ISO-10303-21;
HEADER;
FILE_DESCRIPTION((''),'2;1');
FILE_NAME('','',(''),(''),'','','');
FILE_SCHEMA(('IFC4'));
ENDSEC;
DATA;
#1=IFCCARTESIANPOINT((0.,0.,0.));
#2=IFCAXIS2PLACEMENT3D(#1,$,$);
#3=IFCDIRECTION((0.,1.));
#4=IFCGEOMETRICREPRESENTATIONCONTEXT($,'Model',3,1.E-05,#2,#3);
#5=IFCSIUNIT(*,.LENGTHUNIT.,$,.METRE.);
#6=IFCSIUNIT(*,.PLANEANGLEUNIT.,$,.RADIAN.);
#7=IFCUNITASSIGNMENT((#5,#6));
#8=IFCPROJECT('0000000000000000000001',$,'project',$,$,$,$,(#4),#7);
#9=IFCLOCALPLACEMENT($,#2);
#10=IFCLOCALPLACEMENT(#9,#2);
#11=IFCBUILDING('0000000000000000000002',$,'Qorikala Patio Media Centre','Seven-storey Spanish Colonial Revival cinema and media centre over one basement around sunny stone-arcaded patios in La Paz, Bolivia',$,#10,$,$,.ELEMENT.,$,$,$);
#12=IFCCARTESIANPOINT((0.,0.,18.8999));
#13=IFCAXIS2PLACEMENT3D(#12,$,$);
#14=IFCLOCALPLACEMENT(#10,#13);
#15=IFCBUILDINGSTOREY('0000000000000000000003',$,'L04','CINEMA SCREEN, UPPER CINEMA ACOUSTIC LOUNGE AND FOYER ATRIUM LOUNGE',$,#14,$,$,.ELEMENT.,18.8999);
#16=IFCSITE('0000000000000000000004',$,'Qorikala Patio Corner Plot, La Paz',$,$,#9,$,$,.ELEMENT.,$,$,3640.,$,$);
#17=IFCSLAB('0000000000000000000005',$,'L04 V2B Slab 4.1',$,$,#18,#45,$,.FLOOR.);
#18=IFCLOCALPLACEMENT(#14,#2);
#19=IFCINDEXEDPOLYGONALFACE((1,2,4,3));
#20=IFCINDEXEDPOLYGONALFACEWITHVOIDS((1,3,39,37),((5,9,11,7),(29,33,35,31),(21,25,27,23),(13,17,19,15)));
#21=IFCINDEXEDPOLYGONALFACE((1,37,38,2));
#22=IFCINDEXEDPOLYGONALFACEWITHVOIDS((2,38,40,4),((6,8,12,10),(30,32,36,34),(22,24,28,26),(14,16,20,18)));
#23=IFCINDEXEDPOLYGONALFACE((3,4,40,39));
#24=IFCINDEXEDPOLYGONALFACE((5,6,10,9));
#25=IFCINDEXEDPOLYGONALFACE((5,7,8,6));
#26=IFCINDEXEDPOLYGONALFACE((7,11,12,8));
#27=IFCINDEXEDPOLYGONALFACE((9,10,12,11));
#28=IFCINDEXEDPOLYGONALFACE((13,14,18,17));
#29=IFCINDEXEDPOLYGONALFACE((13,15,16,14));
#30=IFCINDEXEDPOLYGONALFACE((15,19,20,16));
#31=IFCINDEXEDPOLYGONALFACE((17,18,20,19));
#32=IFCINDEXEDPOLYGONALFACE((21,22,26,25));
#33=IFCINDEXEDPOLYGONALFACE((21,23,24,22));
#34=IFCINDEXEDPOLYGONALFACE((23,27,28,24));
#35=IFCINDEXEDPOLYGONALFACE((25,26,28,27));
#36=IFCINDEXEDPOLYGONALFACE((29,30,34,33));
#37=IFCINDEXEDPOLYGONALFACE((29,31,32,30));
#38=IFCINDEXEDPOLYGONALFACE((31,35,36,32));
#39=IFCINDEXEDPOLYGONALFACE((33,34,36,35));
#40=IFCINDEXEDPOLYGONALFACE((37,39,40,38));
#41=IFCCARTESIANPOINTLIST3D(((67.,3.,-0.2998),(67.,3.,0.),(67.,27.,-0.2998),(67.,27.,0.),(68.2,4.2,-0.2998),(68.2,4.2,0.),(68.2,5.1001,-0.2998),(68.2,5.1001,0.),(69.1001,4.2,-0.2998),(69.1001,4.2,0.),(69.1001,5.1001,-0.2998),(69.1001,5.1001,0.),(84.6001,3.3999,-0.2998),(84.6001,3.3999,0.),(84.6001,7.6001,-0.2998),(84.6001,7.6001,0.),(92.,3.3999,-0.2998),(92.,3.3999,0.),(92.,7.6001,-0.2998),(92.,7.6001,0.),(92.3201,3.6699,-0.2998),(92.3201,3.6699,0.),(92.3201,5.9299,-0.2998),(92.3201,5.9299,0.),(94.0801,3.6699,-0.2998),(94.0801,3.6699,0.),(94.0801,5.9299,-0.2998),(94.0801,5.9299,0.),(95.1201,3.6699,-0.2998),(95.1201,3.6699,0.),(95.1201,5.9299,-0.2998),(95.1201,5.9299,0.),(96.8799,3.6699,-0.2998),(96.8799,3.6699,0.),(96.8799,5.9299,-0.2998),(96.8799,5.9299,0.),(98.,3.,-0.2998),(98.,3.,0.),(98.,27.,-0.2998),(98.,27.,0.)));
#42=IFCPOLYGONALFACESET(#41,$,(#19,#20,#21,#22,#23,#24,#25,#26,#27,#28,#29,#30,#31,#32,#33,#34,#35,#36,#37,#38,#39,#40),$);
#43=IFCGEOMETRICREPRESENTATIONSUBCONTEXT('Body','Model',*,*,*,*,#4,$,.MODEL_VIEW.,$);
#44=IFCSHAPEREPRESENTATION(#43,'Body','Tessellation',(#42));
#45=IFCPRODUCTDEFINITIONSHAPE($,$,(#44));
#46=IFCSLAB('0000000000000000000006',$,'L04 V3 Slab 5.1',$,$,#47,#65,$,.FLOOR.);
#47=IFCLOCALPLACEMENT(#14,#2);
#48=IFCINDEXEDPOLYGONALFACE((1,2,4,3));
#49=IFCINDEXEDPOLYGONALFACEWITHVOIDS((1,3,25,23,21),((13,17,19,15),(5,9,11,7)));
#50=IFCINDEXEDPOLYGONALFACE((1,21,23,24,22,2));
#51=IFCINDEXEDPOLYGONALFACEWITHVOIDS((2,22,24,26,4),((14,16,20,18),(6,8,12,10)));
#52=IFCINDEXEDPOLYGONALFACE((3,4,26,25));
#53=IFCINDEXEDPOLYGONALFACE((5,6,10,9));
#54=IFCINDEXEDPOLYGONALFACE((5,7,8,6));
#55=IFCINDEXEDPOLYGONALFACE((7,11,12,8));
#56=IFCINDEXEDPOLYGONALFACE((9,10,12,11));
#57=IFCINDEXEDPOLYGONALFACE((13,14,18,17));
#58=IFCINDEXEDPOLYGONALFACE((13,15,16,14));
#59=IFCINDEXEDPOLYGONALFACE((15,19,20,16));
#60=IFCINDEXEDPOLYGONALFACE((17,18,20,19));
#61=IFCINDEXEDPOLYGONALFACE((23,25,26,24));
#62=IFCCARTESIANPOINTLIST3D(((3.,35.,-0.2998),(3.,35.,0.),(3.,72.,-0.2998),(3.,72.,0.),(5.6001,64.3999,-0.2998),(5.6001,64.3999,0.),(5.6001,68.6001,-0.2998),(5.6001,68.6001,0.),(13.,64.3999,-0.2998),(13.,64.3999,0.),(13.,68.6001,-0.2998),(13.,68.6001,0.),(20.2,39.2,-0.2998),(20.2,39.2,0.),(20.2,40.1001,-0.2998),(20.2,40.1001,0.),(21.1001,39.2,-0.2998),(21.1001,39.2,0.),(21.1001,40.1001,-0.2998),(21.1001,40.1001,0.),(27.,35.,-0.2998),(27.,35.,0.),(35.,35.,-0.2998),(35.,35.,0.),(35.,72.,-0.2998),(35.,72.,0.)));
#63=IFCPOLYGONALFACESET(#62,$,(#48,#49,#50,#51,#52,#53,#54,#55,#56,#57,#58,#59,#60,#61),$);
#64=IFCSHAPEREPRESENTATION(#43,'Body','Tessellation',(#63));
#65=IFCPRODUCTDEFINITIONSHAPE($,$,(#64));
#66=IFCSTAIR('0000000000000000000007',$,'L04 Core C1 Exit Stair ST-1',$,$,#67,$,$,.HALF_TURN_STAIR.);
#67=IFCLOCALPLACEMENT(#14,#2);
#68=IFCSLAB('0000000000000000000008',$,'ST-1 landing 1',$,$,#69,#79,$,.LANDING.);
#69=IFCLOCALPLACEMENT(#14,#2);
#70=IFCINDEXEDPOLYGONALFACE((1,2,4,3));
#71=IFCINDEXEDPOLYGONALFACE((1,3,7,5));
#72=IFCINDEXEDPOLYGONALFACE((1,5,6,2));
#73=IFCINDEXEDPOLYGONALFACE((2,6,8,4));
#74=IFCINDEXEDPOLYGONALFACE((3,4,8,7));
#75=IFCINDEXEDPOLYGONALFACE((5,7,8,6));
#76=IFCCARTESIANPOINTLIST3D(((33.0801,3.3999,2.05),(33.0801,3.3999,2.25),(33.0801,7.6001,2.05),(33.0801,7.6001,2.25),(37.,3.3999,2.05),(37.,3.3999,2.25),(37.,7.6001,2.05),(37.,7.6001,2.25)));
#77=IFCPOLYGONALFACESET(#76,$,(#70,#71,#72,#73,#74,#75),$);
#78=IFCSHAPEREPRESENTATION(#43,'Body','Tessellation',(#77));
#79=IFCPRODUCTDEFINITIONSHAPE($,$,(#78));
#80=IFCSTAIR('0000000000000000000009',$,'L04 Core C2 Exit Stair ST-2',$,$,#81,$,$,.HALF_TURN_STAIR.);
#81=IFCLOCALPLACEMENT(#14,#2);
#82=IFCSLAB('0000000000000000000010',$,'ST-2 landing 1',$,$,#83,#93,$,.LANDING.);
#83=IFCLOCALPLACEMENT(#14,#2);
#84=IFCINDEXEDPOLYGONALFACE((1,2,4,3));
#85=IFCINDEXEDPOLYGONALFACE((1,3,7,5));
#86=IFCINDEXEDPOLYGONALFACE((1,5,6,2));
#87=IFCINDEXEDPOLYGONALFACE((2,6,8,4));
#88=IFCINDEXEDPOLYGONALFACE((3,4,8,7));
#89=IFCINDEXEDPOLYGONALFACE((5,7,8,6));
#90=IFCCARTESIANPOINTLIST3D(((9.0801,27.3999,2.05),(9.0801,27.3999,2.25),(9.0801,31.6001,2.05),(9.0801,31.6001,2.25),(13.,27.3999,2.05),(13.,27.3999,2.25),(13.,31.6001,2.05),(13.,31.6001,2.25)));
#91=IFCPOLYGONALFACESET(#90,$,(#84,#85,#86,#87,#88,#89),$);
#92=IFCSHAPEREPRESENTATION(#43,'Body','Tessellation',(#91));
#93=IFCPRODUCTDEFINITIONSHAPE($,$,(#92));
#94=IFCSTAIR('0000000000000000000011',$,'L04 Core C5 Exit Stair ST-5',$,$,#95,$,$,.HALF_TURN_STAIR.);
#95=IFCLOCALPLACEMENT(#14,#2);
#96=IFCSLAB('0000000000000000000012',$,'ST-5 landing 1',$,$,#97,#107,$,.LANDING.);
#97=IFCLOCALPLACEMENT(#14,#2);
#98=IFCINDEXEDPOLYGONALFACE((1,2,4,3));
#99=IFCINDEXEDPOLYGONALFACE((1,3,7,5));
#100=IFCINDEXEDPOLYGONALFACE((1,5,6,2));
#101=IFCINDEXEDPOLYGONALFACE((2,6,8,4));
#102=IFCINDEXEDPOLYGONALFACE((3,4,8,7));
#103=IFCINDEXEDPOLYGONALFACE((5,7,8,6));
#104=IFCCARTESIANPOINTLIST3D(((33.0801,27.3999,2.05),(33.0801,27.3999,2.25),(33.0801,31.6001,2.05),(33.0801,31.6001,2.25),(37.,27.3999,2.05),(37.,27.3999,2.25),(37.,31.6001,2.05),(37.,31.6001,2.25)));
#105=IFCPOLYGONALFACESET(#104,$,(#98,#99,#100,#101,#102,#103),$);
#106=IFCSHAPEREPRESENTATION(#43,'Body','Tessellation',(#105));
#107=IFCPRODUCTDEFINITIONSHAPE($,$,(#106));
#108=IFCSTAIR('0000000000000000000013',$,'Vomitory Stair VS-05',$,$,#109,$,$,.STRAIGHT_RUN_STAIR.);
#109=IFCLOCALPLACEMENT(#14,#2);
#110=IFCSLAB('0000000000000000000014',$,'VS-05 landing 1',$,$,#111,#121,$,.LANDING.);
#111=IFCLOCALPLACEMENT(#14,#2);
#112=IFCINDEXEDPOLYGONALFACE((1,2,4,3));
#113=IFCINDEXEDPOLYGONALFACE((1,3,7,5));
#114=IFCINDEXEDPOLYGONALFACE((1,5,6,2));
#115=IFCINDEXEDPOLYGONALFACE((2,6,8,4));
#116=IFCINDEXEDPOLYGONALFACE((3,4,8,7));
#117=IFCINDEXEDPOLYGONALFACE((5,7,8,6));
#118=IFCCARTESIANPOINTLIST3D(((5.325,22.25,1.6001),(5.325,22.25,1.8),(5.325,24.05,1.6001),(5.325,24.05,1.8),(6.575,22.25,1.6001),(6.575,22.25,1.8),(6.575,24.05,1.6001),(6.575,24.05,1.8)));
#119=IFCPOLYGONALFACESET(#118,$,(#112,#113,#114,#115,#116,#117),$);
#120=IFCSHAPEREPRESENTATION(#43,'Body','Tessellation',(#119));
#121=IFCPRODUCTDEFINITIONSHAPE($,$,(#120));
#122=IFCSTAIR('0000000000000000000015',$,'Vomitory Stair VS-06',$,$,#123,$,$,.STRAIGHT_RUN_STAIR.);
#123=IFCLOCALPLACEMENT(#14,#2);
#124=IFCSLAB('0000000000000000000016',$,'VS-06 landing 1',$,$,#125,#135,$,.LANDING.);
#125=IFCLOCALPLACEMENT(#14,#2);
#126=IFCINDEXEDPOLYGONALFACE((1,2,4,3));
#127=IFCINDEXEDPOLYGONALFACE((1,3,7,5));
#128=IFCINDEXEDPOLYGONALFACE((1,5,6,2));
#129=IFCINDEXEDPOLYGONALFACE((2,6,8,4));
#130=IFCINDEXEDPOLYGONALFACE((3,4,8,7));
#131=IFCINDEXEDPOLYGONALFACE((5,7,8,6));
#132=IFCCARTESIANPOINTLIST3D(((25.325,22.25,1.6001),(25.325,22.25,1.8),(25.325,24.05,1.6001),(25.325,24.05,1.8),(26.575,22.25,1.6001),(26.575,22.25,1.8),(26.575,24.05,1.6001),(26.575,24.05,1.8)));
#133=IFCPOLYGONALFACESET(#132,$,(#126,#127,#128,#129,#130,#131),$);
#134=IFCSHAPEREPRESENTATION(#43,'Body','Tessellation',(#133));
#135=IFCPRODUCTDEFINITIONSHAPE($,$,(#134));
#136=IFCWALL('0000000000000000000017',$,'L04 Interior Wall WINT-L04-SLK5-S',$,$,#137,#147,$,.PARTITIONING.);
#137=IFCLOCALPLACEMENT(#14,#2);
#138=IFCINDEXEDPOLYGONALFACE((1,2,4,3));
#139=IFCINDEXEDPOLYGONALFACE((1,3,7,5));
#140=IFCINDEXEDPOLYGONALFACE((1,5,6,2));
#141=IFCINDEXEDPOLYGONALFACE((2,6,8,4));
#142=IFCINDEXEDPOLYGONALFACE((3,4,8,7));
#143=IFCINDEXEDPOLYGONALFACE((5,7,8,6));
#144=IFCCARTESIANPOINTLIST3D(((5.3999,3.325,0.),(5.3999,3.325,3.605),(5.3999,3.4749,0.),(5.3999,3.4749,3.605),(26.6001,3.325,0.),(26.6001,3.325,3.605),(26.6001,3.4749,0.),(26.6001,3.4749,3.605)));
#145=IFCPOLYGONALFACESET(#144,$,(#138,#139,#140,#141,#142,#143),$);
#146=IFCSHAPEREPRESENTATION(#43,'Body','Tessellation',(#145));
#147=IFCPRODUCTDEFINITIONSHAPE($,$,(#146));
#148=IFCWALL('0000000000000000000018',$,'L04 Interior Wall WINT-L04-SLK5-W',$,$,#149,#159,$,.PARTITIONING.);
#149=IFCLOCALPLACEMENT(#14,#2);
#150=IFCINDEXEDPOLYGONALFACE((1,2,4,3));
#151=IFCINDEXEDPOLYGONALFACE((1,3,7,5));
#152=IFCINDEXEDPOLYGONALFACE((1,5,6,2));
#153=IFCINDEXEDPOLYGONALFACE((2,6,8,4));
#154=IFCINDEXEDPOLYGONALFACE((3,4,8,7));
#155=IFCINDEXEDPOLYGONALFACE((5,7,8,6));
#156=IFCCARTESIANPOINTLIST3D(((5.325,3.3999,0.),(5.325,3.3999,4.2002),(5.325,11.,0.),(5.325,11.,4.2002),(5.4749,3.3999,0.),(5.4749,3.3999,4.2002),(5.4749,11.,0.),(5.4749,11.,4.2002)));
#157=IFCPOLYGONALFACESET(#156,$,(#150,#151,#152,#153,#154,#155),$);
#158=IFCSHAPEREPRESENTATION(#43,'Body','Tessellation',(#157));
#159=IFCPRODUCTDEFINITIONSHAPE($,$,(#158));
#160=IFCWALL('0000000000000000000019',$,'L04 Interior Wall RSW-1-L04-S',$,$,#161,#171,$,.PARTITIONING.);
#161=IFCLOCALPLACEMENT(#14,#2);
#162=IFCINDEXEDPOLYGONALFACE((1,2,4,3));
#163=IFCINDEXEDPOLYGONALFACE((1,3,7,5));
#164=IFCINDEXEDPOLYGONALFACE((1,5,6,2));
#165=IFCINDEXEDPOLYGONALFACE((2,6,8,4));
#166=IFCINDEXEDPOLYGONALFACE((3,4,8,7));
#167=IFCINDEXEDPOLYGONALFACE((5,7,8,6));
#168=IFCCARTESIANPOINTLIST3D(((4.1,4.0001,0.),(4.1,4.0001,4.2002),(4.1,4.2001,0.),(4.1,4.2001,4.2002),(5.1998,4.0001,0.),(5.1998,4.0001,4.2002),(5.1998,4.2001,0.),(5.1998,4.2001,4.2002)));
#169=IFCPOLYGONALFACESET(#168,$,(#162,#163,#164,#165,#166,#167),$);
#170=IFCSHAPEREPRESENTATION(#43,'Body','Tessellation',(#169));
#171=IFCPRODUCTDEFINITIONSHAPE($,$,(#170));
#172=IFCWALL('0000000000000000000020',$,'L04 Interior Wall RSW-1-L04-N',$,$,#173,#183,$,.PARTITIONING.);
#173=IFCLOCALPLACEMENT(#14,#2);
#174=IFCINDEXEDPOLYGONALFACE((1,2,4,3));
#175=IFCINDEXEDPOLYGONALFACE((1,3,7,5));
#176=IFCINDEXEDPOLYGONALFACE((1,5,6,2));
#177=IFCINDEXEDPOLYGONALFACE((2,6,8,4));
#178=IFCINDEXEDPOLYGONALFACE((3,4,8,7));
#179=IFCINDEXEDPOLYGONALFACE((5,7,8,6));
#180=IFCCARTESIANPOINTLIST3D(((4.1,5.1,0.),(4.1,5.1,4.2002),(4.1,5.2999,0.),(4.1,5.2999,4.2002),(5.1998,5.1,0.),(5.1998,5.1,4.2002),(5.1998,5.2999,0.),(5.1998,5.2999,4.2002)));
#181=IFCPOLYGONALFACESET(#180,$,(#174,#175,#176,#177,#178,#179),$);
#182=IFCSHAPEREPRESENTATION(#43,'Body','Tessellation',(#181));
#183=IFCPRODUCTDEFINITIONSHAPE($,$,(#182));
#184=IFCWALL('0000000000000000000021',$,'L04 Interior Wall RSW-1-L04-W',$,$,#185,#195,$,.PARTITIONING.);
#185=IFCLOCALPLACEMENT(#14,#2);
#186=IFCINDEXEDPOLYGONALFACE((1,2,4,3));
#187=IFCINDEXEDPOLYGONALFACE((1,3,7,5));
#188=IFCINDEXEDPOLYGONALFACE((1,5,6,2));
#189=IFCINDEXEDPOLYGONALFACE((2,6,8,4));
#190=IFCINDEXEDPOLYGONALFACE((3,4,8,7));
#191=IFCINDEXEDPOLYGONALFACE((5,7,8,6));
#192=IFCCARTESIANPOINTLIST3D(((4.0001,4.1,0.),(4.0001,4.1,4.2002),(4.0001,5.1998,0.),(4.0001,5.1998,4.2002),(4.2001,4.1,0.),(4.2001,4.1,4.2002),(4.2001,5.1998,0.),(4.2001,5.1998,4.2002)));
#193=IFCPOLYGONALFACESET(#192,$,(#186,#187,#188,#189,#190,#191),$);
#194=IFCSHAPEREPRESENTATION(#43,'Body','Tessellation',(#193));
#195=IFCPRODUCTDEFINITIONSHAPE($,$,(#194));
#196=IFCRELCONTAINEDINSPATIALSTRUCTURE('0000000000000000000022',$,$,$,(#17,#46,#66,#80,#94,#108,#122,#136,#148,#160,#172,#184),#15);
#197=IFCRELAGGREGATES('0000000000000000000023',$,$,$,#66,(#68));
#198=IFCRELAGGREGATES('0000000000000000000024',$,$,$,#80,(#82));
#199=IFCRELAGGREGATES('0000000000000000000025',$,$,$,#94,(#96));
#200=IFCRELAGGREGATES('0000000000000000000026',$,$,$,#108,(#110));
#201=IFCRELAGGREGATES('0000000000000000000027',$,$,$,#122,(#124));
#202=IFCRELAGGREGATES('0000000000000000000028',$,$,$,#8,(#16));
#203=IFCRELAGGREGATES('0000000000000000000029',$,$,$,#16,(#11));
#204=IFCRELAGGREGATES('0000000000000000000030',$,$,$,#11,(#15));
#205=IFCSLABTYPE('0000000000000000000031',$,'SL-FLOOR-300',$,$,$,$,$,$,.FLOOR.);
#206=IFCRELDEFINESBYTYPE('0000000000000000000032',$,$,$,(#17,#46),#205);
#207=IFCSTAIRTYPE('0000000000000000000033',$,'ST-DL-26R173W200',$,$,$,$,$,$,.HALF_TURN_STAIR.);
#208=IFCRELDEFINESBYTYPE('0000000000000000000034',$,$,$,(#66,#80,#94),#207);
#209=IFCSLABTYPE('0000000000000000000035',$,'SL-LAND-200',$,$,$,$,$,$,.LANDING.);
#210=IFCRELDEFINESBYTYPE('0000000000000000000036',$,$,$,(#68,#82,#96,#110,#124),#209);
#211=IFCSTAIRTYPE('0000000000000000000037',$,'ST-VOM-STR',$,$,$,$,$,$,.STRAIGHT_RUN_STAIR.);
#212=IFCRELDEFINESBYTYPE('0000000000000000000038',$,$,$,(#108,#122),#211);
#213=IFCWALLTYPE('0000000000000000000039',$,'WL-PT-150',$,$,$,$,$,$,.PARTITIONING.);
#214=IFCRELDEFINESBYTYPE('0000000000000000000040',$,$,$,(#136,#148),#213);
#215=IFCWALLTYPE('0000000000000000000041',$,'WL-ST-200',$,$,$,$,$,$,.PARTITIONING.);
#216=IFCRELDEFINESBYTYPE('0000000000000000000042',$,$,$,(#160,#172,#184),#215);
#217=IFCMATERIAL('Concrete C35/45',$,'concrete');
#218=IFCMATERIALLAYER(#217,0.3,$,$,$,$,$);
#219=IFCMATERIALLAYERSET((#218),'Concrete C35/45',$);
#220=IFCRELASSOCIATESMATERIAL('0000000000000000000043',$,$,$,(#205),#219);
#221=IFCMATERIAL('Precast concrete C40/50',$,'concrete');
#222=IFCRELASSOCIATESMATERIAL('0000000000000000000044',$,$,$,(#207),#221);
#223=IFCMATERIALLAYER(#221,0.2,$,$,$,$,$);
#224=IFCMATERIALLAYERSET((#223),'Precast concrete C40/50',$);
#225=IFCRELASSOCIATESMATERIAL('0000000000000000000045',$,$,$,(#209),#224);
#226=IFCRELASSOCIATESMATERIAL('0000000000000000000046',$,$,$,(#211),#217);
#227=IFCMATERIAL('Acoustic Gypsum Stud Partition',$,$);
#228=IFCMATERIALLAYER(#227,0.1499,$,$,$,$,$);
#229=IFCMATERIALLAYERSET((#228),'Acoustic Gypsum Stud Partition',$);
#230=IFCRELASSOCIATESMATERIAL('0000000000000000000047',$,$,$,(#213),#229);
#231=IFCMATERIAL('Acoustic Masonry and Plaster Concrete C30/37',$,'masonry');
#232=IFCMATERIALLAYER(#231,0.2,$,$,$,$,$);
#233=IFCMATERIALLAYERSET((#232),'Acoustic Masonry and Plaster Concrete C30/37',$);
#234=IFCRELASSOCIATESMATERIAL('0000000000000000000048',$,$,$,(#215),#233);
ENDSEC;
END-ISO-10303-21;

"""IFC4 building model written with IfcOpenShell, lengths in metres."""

from ifc_helpers import new_model, si_unit, direction, frame, frame_2d, origin, place, context, subcontext, project, spatial, polyline, rectangle, outline, extrude, material, layer, layer_set, type_object, element, aggregate, save


model = new_model("IFC4")

# Units and contexts
model_context = context("Model", 3, precision=1e-05, world=origin(), true_north=direction((0.0, 1.0)))
body_context = subcontext(model_context, "Body", "Model", "MODEL_VIEW")
ifc_project = project(units=[si_unit("LENGTHUNIT", "METRE"), si_unit("PLANEANGLEUNIT", "RADIAN")], contexts=[model_context])

# Site, building, storey
site_placement = place(None, origin())
site = spatial("IfcSite", under=ifc_project, at=site_placement, Name="Qorikala Patio Corner Plot, La Paz", CompositionType="ELEMENT", RefElevation=3640.0)
building_placement = place(site_placement, origin())
building = spatial("IfcBuilding", under=site, at=building_placement, Name="Qorikala Patio Media Centre", Description="Seven-storey Spanish Colonial Revival cinema and media centre over one basement around sunny stone-arcaded patios in La Paz, Bolivia", CompositionType="ELEMENT")
storey_placement = place(building_placement, frame((0.0, 0.0, 18.8999)))
storey = spatial("IfcBuildingStorey", under=building, at=storey_placement, Name="L04", Description="CINEMA SCREEN, UPPER CINEMA ACOUSTIC LOUNGE AND FOYER ATRIUM LOUNGE", CompositionType="ELEMENT", Elevation=18.8999)

# Shared definitions
ifc_material_1 = material(Name="Concrete C35/45", Category="concrete")

# Slabs
ifc_layer_1 = layer(ifc_material_1, 0.3)
ifc_layer_set_1 = layer_set([ifc_layer_1], Name="Concrete C35/45")
slab_type_1 = type_object("IfcSlabType", Name="SL-FLOOR-300", PredefinedType="FLOOR", material=ifc_layer_set_1)
slab_1_placement = place(storey_placement, frame((0.0, 0.0, -0.2998)))
element("IfcSlab", 1, at=slab_1_placement, inside=storey, type_object=slab_type_1, Name="L04 V2B Slab 4.1", PredefinedType="FLOOR", context=body_context, shape_type="SweptSolid", body=[
    extrude(outline(polyline([(98.0, 3.0), (67.0, 3.0), (67.0, 27.0), (98.0, 27.0), (98.0, 3.0)]), holes=[polyline([(69.1001, 4.2), (69.1001, 5.1001), (68.2, 5.1001), (68.2, 4.2), (69.1001, 4.2)]), polyline([(94.0801, 3.6699), (94.0801, 5.9299), (92.3201, 5.9299), (92.3201, 3.6699), (94.0801, 3.6699)]), polyline([(96.8799, 3.6699), (96.8799, 5.9299), (95.1201, 5.9299), (95.1201, 3.6699), (96.8799, 3.6699)]), polyline([(92.0, 3.3999), (92.0, 7.6001), (84.6001, 7.6001), (84.6001, 3.3999), (92.0, 3.3999)])]), origin(), (0.0, 0.0, 1.0), 0.2998),
])
slab_2_placement = place(storey_placement, frame((0.0, 0.0, -0.2998)))
element("IfcSlab", 2, at=slab_2_placement, inside=storey, type_object=slab_type_1, Name="L04 V3 Slab 5.1", PredefinedType="FLOOR", context=body_context, shape_type="SweptSolid", body=[
    extrude(outline(polyline([(35.0, 72.0), (35.0, 35.0), (27.0, 35.0), (3.0, 35.0), (3.0, 72.0), (35.0, 72.0)]), holes=[polyline([(21.1001, 39.2), (21.1001, 40.1001), (20.2, 40.1001), (20.2, 39.2), (21.1001, 39.2)]), polyline([(13.0, 64.3999), (13.0, 68.6001), (5.6001, 68.6001), (5.6001, 64.3999), (13.0, 64.3999)])]), origin(), (0.0, 0.0, 1.0), 0.2998),
])

# Stairs, slabs
ifc_material_2 = material(Name="Precast concrete C40/50", Category="concrete")
stair_type_1 = type_object("IfcStairType", Name="ST-DL-26R173W200", PredefinedType="HALF_TURN_STAIR", material=ifc_material_2)
stair_1_placement = place(storey_placement, origin())
stair_1 = element("IfcStair", 3, at=stair_1_placement, inside=storey, type_object=stair_type_1, Name="L04 Core C1 Exit Stair ST-1", PredefinedType="HALF_TURN_STAIR")
ifc_layer_2 = layer(ifc_material_2, 0.2)
ifc_layer_set_2 = layer_set([ifc_layer_2], Name="Precast concrete C40/50")
slab_type_2 = type_object("IfcSlabType", Name="SL-LAND-200", PredefinedType="LANDING", material=ifc_layer_set_2)
slab_3_placement = place(storey_placement, frame((0.0, 0.0, 2.05)))
slab_3 = element("IfcSlab", 4, at=slab_3_placement, type_object=slab_type_2, Name="ST-1 landing 1", PredefinedType="LANDING", context=body_context, shape_type="SweptSolid", body=[
    extrude(outline(polyline([(33.0801, 3.3999), (37.0, 3.3999), (37.0, 7.6001), (33.0801, 7.6001), (33.0801, 3.3999)])), origin(), (0.0, 0.0, 1.0), 0.2),
])
aggregate(stair_1, [slab_3])
stair_2_placement = place(storey_placement, origin())
stair_2 = element("IfcStair", 5, at=stair_2_placement, inside=storey, type_object=stair_type_1, Name="L04 Core C2 Exit Stair ST-2", PredefinedType="HALF_TURN_STAIR")
slab_4_placement = place(storey_placement, frame((0.0, 0.0, 2.05)))
slab_4 = element("IfcSlab", 6, at=slab_4_placement, type_object=slab_type_2, Name="ST-2 landing 1", PredefinedType="LANDING", context=body_context, shape_type="SweptSolid", body=[
    extrude(outline(polyline([(9.0801, 27.3999), (13.0, 27.3999), (13.0, 31.6001), (9.0801, 31.6001), (9.0801, 27.3999)])), origin(), (0.0, 0.0, 1.0), 0.2),
])
aggregate(stair_2, [slab_4])
stair_3_placement = place(storey_placement, origin())
stair_3 = element("IfcStair", 7, at=stair_3_placement, inside=storey, type_object=stair_type_1, Name="L04 Core C5 Exit Stair ST-5", PredefinedType="HALF_TURN_STAIR")
slab_5_placement = place(storey_placement, frame((0.0, 0.0, 2.05)))
slab_5 = element("IfcSlab", 8, at=slab_5_placement, type_object=slab_type_2, Name="ST-5 landing 1", PredefinedType="LANDING", context=body_context, shape_type="SweptSolid", body=[
    extrude(outline(polyline([(33.0801, 27.3999), (37.0, 27.3999), (37.0, 31.6001), (33.0801, 31.6001), (33.0801, 27.3999)])), origin(), (0.0, 0.0, 1.0), 0.2),
])
aggregate(stair_3, [slab_5])
stair_type_2 = type_object("IfcStairType", Name="ST-VOM-STR", PredefinedType="STRAIGHT_RUN_STAIR", material=ifc_material_1)
stair_4_placement = place(storey_placement, origin())
stair_4 = element("IfcStair", 9, at=stair_4_placement, inside=storey, type_object=stair_type_2, Name="Vomitory Stair VS-05", PredefinedType="STRAIGHT_RUN_STAIR")
slab_6_placement = place(storey_placement, frame((0.0, 0.0, 1.6001)))
slab_6 = element("IfcSlab", 10, at=slab_6_placement, type_object=slab_type_2, Name="VS-05 landing 1", PredefinedType="LANDING", context=body_context, shape_type="SweptSolid", body=[
    extrude(outline(polyline([(5.325, 22.25), (6.575, 22.25), (6.575, 24.05), (5.325, 24.05), (5.325, 22.25)])), origin(), (0.0, 0.0, 1.0), 0.2),
])
aggregate(stair_4, [slab_6])
stair_5_placement = place(storey_placement, origin())
stair_5 = element("IfcStair", 11, at=stair_5_placement, inside=storey, type_object=stair_type_2, Name="Vomitory Stair VS-06", PredefinedType="STRAIGHT_RUN_STAIR")
slab_7_placement = place(storey_placement, frame((0.0, 0.0, 1.6001)))
slab_7 = element("IfcSlab", 12, at=slab_7_placement, type_object=slab_type_2, Name="VS-06 landing 1", PredefinedType="LANDING", context=body_context, shape_type="SweptSolid", body=[
    extrude(outline(polyline([(25.325, 22.25), (26.575, 22.25), (26.575, 24.05), (25.325, 24.05), (25.325, 22.25)])), origin(), (0.0, 0.0, 1.0), 0.2),
])
aggregate(stair_5, [slab_7])

# Walls
ifc_material_3 = material(Name="Acoustic Gypsum Stud Partition")
ifc_layer_3 = layer(ifc_material_3, 0.1499)
ifc_layer_set_3 = layer_set([ifc_layer_3], Name="Acoustic Gypsum Stud Partition")
wall_type_1 = type_object("IfcWallType", Name="WL-PT-150", PredefinedType="PARTITIONING", material=ifc_layer_set_3)
wall_1_placement = place(storey_placement, frame((5.3999, 3.3999, 0.0), z_axis=(0.0, 0.0, 1.0), x_axis=(1.0, 0.0, 0.0)))
element("IfcWall", 13, at=wall_1_placement, inside=storey, type_object=wall_type_1, Name="L04 Interior Wall WINT-L04-SLK5-S", PredefinedType="PARTITIONING", context=body_context, shape_type="SweptSolid", body=[
    extrude(rectangle(XDim=21.2002, YDim=0.1499, at=frame_2d((10.6001, 0.0))), origin(), (0.0, 0.0, 1.0), 3.605),
])
wall_2_placement = place(storey_placement, frame((5.3999, 3.3999, 0.0), z_axis=(0.0, 0.0, 1.0), x_axis=(0.0, 1.0, 0.0)))
element("IfcWall", 14, at=wall_2_placement, inside=storey, type_object=wall_type_1, Name="L04 Interior Wall WINT-L04-SLK5-W", PredefinedType="PARTITIONING", context=body_context, shape_type="SweptSolid", body=[
    extrude(rectangle(XDim=7.6001, YDim=0.1499, at=frame_2d((3.8, 0.0))), origin(), (0.0, 0.0, 1.0), 4.2002),
])
ifc_material_4 = material(Name="Acoustic Masonry and Plaster Concrete C30/37", Category="masonry")
ifc_layer_4 = layer(ifc_material_4, 0.2)
ifc_layer_set_4 = layer_set([ifc_layer_4], Name="Acoustic Masonry and Plaster Concrete C30/37")
wall_type_2 = type_object("IfcWallType", Name="WL-ST-200", PredefinedType="PARTITIONING", material=ifc_layer_set_4)
for number, where, z_axis, x_axis, name in (
    (15, (4.1001, 4.1001, 0.0), (0.0, 0.0, 1.0), (1.0, 0.0, 0.0), "L04 Interior Wall RSW-1-L04-S"),
    (16, (4.1001, 5.2, 0.0), (0.0, 0.0, 1.0), (1.0, 0.0, 0.0), "L04 Interior Wall RSW-1-L04-N"),
    (17, (4.1001, 4.1001, 0.0), (0.0, 0.0, 1.0), (0.0, 1.0, 0.0), "L04 Interior Wall RSW-1-L04-W"),
):
    element("IfcWall", number, at=place(storey_placement, frame(where, z_axis=z_axis, x_axis=x_axis)), inside=storey, type_object=wall_type_2, Name=name, PredefinedType="PARTITIONING", context=body_context, shape_type="SweptSolid", body=[
        extrude(rectangle(XDim=1.0999, YDim=0.2, at=frame_2d((0.5498, 0.0))), origin(), (0.0, 0.0, 1.0), 4.2002),
    ])

save(model, "model.ifc")
